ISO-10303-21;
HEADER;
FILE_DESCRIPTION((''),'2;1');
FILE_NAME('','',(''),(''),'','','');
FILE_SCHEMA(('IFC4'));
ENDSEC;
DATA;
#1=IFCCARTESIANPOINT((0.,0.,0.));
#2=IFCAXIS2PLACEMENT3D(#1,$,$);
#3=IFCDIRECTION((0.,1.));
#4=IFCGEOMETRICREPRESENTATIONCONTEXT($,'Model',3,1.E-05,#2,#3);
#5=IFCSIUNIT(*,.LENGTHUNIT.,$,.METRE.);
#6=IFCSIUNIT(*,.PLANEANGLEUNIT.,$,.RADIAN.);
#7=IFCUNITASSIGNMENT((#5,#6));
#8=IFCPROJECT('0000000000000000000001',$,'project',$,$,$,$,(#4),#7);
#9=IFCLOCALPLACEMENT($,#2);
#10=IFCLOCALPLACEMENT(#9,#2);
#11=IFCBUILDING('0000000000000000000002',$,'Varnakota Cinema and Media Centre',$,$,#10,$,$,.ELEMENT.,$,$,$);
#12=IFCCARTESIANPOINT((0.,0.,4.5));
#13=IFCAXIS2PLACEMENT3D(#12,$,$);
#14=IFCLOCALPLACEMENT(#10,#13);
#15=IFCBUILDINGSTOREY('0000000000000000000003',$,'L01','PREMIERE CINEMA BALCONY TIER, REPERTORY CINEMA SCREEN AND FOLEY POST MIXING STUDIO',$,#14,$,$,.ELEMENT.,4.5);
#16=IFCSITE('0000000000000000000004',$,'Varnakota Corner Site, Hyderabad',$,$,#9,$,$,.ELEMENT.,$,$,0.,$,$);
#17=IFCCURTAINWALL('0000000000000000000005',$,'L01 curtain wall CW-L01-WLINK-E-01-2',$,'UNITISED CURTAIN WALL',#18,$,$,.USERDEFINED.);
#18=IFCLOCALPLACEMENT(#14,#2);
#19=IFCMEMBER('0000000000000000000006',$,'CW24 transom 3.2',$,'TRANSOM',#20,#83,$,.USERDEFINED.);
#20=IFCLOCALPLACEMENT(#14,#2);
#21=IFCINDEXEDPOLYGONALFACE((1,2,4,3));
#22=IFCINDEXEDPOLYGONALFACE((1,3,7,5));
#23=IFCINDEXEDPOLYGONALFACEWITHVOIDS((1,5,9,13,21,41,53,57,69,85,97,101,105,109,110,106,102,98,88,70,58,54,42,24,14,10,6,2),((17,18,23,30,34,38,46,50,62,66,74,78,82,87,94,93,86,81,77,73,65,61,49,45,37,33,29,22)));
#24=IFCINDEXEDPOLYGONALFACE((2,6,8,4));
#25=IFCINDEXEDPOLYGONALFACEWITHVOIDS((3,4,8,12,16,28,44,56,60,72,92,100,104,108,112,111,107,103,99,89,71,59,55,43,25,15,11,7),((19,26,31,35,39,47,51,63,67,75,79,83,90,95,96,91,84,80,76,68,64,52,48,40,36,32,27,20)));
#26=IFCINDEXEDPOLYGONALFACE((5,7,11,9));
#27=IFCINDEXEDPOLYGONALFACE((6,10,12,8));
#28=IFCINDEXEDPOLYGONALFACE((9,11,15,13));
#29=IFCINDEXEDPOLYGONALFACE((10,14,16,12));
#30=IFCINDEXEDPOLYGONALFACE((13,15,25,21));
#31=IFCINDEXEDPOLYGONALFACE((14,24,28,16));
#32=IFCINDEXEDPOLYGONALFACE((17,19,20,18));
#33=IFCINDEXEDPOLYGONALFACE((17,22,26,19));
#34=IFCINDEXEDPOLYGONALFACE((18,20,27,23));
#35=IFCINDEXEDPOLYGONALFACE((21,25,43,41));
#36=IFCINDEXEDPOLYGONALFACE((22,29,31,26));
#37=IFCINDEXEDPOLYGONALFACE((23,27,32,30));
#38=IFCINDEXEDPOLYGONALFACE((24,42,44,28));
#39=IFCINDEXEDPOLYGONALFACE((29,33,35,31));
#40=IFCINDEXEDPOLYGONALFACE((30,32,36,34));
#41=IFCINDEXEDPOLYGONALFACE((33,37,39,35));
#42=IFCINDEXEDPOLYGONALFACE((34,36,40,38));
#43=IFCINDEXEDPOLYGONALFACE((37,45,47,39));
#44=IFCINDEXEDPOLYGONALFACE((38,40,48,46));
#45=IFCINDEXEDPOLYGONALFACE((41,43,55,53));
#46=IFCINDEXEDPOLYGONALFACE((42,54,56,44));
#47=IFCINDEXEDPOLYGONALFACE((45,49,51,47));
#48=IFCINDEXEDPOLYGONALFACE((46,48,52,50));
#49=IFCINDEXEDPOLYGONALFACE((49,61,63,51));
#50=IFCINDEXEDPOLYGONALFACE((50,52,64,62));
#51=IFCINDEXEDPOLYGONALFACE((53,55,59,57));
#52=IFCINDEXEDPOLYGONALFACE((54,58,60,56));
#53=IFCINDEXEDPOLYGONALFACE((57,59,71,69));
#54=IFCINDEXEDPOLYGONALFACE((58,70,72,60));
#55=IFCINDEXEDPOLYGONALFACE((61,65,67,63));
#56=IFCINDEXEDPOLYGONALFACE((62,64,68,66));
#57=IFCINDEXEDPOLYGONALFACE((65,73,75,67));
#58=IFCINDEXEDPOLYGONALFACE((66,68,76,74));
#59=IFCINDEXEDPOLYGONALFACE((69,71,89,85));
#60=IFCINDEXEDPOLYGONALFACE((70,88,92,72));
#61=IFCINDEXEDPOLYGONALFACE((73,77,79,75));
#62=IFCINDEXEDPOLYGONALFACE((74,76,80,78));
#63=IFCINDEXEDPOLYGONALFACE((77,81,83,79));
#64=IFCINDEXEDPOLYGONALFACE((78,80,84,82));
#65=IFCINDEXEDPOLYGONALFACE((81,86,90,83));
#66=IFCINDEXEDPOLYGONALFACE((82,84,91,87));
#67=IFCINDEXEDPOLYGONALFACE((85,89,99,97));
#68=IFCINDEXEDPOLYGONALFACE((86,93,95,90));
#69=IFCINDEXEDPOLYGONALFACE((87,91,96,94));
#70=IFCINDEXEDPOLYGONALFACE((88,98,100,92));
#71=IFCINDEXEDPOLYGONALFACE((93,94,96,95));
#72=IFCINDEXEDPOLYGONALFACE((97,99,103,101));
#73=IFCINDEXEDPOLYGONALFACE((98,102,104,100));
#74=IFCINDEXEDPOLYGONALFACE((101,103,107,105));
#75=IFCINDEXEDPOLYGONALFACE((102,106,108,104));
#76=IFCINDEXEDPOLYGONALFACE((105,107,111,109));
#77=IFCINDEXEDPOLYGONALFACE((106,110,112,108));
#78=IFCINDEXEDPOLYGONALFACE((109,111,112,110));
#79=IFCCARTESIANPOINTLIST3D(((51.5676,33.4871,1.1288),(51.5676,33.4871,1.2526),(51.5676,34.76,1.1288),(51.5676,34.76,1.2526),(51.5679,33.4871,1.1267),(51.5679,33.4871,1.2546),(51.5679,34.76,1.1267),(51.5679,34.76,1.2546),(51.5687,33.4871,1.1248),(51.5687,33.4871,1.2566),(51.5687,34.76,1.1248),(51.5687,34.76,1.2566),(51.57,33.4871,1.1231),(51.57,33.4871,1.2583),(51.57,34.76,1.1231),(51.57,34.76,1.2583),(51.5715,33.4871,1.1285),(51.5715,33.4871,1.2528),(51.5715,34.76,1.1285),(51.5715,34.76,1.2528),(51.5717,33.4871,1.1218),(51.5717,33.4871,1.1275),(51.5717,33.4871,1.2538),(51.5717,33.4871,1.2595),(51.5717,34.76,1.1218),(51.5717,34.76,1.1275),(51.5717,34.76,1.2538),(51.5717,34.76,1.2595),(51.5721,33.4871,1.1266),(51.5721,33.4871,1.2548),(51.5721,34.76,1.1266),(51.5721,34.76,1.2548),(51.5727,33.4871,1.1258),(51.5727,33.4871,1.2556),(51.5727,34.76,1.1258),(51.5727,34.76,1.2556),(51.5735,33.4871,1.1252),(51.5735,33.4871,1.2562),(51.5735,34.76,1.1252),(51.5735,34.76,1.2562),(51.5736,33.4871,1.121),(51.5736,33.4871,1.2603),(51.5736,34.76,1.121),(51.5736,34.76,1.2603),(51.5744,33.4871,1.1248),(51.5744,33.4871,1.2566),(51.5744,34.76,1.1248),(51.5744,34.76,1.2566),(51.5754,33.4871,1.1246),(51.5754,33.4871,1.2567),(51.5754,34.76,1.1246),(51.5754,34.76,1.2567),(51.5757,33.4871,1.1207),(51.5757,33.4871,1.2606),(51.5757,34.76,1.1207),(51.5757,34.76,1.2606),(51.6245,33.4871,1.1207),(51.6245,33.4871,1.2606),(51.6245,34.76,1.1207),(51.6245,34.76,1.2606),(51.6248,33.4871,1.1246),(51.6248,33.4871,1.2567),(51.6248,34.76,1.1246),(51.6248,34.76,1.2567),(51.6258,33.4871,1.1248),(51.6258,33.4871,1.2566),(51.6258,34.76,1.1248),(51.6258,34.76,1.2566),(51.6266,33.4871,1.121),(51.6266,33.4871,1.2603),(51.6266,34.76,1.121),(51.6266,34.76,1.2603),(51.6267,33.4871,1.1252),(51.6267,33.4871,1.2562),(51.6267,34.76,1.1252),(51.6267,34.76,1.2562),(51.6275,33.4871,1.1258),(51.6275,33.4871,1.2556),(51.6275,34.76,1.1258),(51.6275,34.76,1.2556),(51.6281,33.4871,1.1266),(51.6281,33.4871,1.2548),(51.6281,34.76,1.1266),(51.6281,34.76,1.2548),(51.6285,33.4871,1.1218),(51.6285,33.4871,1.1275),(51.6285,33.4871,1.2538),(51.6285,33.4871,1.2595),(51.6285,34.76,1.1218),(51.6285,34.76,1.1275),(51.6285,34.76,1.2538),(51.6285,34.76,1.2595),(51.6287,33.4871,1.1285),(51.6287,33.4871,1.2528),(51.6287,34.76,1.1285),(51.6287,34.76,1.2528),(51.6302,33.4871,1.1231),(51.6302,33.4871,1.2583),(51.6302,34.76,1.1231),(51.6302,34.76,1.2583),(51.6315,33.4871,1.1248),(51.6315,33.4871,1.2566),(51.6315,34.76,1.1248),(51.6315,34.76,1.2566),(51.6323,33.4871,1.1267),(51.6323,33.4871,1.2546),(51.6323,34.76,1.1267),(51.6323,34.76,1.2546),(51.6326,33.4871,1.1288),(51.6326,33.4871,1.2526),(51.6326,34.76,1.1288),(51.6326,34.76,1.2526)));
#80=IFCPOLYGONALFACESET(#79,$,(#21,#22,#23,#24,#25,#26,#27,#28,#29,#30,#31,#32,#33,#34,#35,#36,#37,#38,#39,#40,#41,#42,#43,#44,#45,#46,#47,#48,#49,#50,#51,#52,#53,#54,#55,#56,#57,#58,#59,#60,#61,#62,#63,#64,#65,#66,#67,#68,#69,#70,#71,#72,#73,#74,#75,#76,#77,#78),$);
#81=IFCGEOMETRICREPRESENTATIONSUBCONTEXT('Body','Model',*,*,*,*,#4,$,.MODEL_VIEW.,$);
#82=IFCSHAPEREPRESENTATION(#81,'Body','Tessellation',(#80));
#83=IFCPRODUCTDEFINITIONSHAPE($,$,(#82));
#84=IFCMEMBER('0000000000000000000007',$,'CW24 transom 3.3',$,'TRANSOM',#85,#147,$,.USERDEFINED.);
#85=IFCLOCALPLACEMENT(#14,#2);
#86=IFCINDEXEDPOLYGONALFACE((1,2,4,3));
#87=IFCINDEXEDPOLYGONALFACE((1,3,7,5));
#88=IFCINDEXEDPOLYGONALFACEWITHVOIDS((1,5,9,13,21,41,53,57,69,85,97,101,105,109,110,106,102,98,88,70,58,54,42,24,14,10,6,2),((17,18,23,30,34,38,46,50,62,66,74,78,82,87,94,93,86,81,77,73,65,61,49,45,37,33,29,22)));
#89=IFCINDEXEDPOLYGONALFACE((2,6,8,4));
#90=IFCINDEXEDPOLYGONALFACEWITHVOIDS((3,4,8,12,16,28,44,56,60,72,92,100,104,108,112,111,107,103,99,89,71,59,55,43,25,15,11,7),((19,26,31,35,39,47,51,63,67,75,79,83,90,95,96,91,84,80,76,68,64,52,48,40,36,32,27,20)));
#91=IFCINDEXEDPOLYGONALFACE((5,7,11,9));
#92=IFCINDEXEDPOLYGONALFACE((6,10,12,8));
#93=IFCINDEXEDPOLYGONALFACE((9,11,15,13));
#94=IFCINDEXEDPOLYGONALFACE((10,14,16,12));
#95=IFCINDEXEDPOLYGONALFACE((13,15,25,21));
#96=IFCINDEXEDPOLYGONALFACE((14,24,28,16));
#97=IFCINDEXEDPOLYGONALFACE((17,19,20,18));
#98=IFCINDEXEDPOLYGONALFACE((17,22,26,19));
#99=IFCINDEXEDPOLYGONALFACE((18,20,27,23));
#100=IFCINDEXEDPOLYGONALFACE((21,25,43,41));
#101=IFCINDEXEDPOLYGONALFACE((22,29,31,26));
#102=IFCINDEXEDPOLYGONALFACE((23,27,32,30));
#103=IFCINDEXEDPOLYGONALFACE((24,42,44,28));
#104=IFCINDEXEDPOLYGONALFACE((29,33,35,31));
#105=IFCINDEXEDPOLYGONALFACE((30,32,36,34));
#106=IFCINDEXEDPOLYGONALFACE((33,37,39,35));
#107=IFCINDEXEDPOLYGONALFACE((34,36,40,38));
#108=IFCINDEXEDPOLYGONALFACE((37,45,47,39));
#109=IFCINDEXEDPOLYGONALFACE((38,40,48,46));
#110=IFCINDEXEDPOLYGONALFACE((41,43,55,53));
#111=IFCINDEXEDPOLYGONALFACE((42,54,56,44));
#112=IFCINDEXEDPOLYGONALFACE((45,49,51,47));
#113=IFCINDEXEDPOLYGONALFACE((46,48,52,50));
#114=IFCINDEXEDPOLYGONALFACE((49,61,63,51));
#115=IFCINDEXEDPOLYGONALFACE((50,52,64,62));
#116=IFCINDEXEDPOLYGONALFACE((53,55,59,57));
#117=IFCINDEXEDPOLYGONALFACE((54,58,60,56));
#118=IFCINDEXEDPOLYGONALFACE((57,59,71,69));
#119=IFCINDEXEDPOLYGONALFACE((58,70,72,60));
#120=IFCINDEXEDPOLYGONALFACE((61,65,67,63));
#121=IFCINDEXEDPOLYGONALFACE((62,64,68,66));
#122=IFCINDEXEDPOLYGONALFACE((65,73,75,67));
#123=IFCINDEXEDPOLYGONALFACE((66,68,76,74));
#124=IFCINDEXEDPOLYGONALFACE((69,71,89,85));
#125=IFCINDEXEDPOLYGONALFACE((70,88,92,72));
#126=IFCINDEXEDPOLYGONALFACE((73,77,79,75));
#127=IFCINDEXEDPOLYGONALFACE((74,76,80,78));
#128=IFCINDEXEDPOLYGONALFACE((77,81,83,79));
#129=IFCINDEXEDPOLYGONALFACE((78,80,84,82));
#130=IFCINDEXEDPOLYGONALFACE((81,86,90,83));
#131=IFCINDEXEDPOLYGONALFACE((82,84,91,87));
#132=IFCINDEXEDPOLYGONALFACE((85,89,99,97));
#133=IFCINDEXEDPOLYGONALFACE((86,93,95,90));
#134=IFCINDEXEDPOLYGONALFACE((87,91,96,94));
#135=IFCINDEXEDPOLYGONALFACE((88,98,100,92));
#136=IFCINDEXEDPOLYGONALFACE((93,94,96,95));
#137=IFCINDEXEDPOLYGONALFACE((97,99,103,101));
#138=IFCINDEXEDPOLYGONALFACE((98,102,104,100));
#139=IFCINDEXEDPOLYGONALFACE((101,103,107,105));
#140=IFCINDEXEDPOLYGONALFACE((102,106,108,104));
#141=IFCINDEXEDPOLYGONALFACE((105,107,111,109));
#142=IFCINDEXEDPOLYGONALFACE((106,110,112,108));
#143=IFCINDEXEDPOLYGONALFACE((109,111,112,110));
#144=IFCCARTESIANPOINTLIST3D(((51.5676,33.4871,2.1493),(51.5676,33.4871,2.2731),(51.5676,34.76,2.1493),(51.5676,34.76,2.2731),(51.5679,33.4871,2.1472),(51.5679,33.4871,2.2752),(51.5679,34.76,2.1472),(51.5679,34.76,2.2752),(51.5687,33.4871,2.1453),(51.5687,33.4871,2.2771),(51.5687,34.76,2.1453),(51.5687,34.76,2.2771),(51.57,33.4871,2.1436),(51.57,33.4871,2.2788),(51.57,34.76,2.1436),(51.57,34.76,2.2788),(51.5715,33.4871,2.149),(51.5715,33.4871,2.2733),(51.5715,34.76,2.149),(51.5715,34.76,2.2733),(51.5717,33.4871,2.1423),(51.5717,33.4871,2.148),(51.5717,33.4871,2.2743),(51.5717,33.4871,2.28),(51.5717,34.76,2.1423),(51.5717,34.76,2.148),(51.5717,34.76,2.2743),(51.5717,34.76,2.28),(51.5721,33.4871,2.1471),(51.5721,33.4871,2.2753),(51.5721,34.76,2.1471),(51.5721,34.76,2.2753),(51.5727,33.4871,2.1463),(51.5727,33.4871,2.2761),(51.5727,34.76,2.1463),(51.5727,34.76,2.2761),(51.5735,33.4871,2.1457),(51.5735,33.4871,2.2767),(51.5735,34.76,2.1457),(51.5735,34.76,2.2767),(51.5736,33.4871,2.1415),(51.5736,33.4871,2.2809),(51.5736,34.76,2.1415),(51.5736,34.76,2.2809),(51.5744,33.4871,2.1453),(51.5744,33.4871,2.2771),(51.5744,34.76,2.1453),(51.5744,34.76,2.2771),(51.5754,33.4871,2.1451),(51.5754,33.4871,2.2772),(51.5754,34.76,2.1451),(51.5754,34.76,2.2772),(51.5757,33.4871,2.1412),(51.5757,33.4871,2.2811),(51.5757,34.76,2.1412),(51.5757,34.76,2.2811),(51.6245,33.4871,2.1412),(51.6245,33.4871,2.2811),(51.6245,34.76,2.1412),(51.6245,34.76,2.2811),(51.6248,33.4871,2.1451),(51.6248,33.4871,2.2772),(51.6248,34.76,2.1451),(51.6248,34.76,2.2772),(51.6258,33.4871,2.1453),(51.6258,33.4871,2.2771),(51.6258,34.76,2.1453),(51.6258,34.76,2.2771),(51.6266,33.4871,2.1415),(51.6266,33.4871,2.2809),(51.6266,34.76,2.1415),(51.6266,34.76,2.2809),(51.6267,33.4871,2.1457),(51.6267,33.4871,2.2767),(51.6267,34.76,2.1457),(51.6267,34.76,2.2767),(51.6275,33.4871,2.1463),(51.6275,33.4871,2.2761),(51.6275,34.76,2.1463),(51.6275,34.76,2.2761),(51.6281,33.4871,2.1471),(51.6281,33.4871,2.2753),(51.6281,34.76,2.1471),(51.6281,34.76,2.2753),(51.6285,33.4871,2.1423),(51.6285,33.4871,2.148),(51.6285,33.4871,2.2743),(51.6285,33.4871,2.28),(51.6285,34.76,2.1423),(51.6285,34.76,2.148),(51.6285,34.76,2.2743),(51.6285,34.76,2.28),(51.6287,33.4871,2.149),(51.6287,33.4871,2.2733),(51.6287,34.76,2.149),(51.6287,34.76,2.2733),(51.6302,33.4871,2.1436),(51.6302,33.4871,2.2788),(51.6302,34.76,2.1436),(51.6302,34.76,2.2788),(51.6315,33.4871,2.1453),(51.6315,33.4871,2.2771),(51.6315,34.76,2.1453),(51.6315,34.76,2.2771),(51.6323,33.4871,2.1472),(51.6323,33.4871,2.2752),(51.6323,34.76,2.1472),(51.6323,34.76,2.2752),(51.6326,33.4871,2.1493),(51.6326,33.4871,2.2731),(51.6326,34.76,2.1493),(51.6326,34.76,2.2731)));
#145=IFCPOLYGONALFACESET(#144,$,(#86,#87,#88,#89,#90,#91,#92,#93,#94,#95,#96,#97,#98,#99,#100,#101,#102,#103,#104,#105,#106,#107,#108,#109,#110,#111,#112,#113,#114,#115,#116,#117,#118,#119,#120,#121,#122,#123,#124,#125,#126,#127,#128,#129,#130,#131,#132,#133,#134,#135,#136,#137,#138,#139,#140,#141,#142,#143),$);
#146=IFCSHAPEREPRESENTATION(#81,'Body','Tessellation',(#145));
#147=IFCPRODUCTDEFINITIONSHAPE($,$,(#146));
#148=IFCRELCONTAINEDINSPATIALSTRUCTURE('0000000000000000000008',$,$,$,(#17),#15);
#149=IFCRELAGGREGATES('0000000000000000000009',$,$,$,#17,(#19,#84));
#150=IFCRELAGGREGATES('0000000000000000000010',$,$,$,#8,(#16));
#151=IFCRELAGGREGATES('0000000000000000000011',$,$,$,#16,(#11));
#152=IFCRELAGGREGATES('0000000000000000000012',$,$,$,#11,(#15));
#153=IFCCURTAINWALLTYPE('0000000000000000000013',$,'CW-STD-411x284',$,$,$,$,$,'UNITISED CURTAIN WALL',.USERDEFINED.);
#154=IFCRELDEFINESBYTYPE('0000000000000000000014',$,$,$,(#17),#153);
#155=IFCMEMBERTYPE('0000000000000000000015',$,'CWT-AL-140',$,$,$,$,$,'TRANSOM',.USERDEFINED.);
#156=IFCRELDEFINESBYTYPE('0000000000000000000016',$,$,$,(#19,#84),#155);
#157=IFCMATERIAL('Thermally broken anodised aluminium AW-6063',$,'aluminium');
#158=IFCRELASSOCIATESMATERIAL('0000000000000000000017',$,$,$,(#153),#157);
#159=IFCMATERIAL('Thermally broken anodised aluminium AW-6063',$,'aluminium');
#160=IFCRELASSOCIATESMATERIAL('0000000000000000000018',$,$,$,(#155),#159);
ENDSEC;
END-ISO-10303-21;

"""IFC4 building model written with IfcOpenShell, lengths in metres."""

from ifc_helpers import new_model, si_unit, direction, frame, origin, origin_2d, place, context, subcontext, project, spatial, hollow_rectangle, extrude, material, material_profile, profile_set, type_object, element, aggregate, save


model = new_model("IFC4")

# Units and contexts
model_context = context("Model", 3, precision=1e-05, world=origin(), true_north=direction((0.0, 1.0)))
body_context = subcontext(model_context, "Body", "Model", "MODEL_VIEW")
ifc_project = project(units=[si_unit("LENGTHUNIT", "METRE"), si_unit("PLANEANGLEUNIT", "RADIAN")], contexts=[model_context])

# Site, building, storey
site_placement = place(None, origin())
site = spatial("IfcSite", under=ifc_project, at=site_placement, Name="Varnakota Corner Site, Hyderabad", CompositionType="ELEMENT", RefElevation=0.0)
building_placement = place(site_placement, origin())
building = spatial("IfcBuilding", under=site, at=building_placement, Name="Varnakota Cinema and Media Centre", CompositionType="ELEMENT")
storey_placement = place(building_placement, frame((0.0, 0.0, 4.5)))
storey = spatial("IfcBuildingStorey", under=building, at=storey_placement, Name="L01", Description="PREMIERE CINEMA BALCONY TIER, REPERTORY CINEMA SCREEN AND FOLEY POST MIXING STUDIO", CompositionType="ELEMENT", Elevation=4.5)

# Shared definitions
ifc_material_1 = material(Name="Thermally broken anodised aluminium AW-6063", Category="aluminium")
curtain_wall_type = type_object("IfcCurtainWallType", Name="CW-STD-411x284", ElementType="UNITISED CURTAIN WALL", PredefinedType="USERDEFINED", material=ifc_material_1)

# Curtain wall
curtain_wall_1_placement = place(storey_placement, origin())
curtain_wall_1 = element("IfcCurtainWall", 1, at=curtain_wall_1_placement, inside=storey, type_object=curtain_wall_type, Name="L01 curtain wall CW-L01-WLINK-E-01-2", ObjectType="UNITISED CURTAIN WALL", PredefinedType="USERDEFINED")

# Members
ifc_material_2 = material(Name="Thermally broken anodised aluminium AW-6063", Category="aluminium")
ifc_material_profile_1 = material_profile(ifc_material_2, hollow_rectangle(XDim=0.0649, YDim=0.1399, WallThickness=0.0039, InnerFilletRadius=0.0039, OuterFilletRadius=0.0081, at=origin_2d()), Name="AL-TRANSOM 140x65x4")
ifc_profile_set_1 = profile_set([ifc_material_profile_1], Name="Thermally broken anodised aluminium AW-6063")
member_type_1 = type_object("IfcMemberType", Name="CWT-AL-140", ElementType="TRANSOM", PredefinedType="USERDEFINED", material=ifc_profile_set_1)
member_1_placement = place(storey_placement, frame((51.6001, 33.4871, 1.1907), z_axis=(0.0, 1.0, 0.0), x_axis=(-1.0, 0.0, 0.0)))
member_1 = element("IfcMember", 2, at=member_1_placement, type_object=member_type_1, Name="CW24 transom 3.2", ObjectType="TRANSOM", PredefinedType="USERDEFINED", context=body_context, shape_type="SweptSolid", body=[
    extrude(hollow_rectangle(XDim=0.0649, YDim=0.1399, WallThickness=0.0039, InnerFilletRadius=0.0039, OuterFilletRadius=0.0081, at=origin_2d()), origin(), (0.0, 0.0, 1.0), 1.2729),
])
member_2_placement = place(storey_placement, frame((51.6001, 33.4871, 2.2112), z_axis=(0.0, 1.0, 0.0), x_axis=(-1.0, 0.0, 0.0)))
member_2 = element("IfcMember", 3, at=member_2_placement, type_object=member_type_1, Name="CW24 transom 3.3", ObjectType="TRANSOM", PredefinedType="USERDEFINED", context=body_context, shape_type="SweptSolid", body=[
    extrude(hollow_rectangle(XDim=0.0649, YDim=0.1399, WallThickness=0.0039, InnerFilletRadius=0.0039, OuterFilletRadius=0.0081, at=origin_2d()), origin(), (0.0, 0.0, 1.0), 1.2729),
])

aggregate(curtain_wall_1, [member_1, member_2])

save(model, "model.ifc")
